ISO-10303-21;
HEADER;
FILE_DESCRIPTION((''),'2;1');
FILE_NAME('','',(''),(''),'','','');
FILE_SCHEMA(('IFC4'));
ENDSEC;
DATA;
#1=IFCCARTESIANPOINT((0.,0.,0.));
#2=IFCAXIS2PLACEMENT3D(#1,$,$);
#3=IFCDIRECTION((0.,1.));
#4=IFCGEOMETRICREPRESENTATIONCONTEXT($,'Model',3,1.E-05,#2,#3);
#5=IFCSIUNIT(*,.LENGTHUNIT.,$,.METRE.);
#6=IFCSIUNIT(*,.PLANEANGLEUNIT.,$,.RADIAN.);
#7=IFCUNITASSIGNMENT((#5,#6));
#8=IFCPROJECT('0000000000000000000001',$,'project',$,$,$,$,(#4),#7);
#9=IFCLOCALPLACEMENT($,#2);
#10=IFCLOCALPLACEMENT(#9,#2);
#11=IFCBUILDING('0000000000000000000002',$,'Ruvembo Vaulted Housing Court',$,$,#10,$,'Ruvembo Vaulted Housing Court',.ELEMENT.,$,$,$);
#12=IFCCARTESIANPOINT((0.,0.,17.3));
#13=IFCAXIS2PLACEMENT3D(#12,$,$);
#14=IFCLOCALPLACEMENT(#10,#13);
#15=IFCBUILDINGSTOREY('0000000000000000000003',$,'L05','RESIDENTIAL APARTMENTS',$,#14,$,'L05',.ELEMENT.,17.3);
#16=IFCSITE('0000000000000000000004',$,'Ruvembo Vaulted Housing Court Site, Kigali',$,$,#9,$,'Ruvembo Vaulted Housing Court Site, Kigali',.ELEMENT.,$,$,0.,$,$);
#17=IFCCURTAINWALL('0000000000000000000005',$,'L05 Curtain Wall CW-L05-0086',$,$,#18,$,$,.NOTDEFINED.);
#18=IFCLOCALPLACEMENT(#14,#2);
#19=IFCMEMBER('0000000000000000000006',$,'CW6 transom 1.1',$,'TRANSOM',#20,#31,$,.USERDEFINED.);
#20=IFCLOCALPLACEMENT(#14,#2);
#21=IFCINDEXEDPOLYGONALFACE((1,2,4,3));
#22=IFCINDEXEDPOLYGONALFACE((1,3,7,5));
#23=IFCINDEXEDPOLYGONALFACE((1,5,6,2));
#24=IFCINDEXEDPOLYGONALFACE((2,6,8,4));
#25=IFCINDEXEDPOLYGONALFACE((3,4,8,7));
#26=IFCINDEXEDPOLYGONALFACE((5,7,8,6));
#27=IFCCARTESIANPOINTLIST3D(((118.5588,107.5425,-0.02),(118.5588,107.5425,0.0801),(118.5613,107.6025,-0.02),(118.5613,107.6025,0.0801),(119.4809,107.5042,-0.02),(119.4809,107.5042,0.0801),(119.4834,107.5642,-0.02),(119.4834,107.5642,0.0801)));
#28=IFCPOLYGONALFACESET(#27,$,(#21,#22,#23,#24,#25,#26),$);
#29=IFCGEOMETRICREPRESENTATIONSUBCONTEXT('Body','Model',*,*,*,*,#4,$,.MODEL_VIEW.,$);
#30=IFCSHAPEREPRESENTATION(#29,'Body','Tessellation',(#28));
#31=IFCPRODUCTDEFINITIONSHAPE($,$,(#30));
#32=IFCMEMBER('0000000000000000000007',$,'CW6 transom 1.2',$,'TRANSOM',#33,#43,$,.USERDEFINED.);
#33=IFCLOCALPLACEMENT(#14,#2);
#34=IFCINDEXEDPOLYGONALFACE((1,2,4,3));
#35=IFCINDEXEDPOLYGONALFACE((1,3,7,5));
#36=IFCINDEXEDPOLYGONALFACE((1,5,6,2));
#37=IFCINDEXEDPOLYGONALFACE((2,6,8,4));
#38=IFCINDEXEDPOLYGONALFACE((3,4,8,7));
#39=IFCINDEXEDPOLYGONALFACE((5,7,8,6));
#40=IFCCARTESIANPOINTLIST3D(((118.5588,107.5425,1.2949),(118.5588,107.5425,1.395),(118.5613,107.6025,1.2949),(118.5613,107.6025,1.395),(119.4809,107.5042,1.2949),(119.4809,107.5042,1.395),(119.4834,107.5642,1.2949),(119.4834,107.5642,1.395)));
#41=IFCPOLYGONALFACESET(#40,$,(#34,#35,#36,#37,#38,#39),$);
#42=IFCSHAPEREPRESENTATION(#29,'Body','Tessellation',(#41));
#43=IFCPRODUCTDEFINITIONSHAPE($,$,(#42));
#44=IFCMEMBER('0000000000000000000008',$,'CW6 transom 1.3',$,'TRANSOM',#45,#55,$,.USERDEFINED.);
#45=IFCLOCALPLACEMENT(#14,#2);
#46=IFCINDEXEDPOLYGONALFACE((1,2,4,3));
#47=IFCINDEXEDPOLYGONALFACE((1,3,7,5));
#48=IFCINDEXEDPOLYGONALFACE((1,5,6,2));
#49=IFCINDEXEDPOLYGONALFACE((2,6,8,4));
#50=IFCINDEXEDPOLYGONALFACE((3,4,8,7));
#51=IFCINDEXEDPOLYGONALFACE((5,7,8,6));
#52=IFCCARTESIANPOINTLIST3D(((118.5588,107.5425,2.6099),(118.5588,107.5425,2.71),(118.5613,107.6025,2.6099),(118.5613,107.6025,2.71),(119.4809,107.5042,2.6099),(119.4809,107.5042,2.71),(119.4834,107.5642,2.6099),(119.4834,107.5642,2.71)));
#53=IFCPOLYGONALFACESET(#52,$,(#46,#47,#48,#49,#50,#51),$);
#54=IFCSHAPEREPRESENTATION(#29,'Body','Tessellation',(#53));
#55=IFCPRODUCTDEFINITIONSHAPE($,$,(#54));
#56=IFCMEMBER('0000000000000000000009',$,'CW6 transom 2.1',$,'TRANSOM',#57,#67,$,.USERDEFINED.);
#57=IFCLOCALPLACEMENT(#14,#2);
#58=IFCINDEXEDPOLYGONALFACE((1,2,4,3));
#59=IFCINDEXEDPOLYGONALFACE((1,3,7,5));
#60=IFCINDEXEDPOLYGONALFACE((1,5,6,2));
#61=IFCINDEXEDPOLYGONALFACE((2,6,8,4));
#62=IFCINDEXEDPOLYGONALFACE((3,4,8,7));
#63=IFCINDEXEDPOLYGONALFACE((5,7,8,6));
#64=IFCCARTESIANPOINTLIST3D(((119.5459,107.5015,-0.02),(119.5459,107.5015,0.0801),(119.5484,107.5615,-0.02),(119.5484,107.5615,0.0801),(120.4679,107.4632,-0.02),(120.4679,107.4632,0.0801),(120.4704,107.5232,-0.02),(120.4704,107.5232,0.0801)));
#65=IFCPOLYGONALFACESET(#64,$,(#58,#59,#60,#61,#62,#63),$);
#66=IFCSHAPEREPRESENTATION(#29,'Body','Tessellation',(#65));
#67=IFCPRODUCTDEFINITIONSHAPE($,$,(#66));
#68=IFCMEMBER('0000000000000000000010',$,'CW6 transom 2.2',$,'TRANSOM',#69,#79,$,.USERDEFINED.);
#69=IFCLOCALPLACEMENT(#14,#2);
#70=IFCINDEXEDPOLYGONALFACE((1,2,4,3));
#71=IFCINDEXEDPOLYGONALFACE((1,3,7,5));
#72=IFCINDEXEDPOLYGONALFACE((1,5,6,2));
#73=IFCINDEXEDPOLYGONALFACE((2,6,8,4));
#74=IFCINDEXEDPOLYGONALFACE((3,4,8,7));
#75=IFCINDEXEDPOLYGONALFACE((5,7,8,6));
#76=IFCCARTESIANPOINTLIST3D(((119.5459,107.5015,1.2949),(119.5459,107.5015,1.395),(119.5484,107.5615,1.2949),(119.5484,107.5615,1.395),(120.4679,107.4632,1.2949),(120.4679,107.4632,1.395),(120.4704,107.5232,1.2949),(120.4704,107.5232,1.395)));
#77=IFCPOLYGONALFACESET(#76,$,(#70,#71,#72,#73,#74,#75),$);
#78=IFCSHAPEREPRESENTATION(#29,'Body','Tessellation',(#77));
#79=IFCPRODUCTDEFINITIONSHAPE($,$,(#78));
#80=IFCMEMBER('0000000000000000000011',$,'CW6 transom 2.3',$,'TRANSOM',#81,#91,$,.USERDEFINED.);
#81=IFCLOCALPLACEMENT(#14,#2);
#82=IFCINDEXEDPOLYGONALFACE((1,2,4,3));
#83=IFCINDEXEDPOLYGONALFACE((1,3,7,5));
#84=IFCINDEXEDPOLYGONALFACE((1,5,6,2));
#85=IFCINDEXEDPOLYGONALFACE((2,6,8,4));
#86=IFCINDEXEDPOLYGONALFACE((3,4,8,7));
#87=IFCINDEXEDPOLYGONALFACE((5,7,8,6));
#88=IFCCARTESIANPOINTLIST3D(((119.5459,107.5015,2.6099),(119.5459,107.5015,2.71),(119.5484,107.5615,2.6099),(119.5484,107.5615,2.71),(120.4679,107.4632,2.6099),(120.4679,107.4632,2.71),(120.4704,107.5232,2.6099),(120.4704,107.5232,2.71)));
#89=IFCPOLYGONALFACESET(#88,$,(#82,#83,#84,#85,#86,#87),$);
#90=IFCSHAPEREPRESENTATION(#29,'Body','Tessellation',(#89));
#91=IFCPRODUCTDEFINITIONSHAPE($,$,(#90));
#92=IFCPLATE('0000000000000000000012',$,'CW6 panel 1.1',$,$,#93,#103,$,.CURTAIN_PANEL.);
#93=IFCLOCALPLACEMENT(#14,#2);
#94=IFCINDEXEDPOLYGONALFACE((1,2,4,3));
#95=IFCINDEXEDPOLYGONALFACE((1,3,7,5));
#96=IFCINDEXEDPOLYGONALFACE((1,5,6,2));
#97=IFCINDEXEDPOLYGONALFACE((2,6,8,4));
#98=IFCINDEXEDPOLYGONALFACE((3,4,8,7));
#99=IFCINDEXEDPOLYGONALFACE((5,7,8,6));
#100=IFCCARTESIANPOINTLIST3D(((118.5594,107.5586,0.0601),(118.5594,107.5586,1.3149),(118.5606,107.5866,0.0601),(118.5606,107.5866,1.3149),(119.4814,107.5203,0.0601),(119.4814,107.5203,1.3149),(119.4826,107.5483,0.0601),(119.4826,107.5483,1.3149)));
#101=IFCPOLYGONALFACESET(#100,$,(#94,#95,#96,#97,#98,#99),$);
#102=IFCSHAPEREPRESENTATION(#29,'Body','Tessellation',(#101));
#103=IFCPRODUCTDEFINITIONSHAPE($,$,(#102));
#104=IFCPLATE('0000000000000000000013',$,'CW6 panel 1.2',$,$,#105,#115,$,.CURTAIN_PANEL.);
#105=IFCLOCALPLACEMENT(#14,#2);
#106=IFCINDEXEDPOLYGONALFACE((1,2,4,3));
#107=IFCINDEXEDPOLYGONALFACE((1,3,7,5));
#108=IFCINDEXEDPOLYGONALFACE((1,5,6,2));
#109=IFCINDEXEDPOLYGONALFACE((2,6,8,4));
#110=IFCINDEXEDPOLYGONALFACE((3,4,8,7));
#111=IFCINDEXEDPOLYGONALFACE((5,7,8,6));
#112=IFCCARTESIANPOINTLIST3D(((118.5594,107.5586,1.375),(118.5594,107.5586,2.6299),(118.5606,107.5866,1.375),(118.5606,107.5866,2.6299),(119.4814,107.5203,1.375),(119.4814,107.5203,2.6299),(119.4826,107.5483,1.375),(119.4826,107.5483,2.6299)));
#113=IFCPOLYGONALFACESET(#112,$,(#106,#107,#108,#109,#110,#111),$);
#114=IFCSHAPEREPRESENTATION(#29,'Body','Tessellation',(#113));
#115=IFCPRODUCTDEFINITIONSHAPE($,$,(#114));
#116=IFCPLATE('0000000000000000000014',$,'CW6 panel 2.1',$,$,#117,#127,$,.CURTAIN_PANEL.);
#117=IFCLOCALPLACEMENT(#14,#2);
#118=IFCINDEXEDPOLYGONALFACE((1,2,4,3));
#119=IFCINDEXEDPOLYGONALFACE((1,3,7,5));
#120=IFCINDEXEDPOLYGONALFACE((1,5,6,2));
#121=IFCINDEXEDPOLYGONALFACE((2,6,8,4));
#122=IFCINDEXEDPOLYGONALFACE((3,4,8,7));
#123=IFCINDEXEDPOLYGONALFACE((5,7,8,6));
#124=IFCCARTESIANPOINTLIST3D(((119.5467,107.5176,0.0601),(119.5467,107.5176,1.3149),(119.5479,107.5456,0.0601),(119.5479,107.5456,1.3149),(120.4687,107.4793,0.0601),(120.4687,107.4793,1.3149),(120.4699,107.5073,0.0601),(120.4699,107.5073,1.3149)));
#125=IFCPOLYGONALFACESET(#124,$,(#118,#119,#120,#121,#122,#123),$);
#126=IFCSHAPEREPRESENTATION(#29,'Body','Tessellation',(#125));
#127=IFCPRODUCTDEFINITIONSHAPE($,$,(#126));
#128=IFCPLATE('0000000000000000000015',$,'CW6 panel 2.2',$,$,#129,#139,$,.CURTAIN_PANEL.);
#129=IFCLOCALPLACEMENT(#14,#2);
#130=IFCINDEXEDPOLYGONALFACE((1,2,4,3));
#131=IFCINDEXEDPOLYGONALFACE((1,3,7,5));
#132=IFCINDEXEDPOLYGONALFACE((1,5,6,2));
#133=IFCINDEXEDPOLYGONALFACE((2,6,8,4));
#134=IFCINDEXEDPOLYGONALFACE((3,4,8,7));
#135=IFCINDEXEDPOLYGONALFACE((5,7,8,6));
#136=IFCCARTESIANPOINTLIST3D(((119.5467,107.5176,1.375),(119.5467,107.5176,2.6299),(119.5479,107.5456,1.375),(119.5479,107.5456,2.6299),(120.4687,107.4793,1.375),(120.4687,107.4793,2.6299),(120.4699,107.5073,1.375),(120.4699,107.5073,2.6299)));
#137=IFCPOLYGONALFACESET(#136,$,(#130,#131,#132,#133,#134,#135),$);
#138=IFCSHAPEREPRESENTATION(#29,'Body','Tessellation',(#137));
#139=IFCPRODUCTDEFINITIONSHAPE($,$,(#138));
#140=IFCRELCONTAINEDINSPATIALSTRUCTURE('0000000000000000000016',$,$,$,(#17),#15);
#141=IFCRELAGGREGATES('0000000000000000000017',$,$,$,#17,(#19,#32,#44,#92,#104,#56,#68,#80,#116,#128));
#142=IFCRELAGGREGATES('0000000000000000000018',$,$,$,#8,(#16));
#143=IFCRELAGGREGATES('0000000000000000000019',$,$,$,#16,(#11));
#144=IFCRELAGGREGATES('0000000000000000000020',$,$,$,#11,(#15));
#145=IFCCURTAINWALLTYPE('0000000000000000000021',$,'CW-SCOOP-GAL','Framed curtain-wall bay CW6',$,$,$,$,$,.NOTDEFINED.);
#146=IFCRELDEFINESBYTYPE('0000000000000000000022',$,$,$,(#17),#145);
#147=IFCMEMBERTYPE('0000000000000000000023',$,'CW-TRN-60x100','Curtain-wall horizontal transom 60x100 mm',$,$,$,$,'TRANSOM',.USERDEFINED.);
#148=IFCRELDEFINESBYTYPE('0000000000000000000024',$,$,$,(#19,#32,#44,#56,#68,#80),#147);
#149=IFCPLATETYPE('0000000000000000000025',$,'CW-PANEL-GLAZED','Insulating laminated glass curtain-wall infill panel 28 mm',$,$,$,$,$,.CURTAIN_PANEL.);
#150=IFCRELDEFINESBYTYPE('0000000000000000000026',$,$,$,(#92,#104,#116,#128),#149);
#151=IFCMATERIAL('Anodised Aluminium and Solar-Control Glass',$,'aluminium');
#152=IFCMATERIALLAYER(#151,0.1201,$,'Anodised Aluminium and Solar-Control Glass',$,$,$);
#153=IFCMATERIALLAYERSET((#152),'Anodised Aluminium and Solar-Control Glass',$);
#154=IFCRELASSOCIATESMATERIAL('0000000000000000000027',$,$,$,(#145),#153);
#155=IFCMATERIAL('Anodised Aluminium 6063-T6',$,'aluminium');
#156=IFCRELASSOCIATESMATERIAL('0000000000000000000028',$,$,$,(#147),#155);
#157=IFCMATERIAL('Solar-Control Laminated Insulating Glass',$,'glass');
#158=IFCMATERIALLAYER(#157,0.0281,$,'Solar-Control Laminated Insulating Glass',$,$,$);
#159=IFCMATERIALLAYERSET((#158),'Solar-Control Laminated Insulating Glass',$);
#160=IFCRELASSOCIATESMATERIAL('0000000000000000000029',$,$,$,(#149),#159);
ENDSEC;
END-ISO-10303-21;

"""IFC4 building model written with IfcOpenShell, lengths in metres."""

from ifc_helpers import new_model, si_unit, direction, frame, origin, origin_2d, place, context, subcontext, project, spatial, rectangle, extrude, material, layer, layer_set, material_profile, profile_set, type_object, element, aggregate, save


model = new_model("IFC4")

# Units and contexts
model_context = context("Model", 3, precision=1e-05, world=origin(), true_north=direction((0.0, 1.0)))
body_context = subcontext(model_context, "Body", "Model", "MODEL_VIEW")
ifc_project = project(units=[si_unit("LENGTHUNIT", "METRE"), si_unit("PLANEANGLEUNIT", "RADIAN")], contexts=[model_context])

# Site, building, storey
site_placement = place(None, origin())
site = spatial("IfcSite", under=ifc_project, at=site_placement, Name="Ruvembo Vaulted Housing Court Site, Kigali", LongName="Ruvembo Vaulted Housing Court Site, Kigali", CompositionType="ELEMENT", RefElevation=0.0)
building_placement = place(site_placement, origin())
building = spatial("IfcBuilding", under=site, at=building_placement, Name="Ruvembo Vaulted Housing Court", LongName="Ruvembo Vaulted Housing Court", CompositionType="ELEMENT")
storey_placement = place(building_placement, frame((0.0, 0.0, 17.3)))
storey = spatial("IfcBuildingStorey", under=building, at=storey_placement, Name="L05", Description="RESIDENTIAL APARTMENTS", LongName="L05", CompositionType="ELEMENT", Elevation=17.3)

# Curtain wall, members, plates
ifc_material_1 = material(Name="Anodised Aluminium and Solar-Control Glass", Category="aluminium")
ifc_layer_1 = layer(ifc_material_1, 0.1201, Name="Anodised Aluminium and Solar-Control Glass")
ifc_layer_set_1 = layer_set([ifc_layer_1], Name="Anodised Aluminium and Solar-Control Glass")
curtain_wall_type = type_object("IfcCurtainWallType", Name="CW-SCOOP-GAL", Description="Framed curtain-wall bay CW6", PredefinedType="NOTDEFINED", material=ifc_layer_set_1)
curtain_wall_placement = place(storey_placement, origin())
curtain_wall = element("IfcCurtainWall", 1, at=curtain_wall_placement, inside=storey, type_object=curtain_wall_type, Name="L05 Curtain Wall CW-L05-0086", PredefinedType="NOTDEFINED")
ifc_material_2 = material(Name="Anodised Aluminium 6063-T6", Category="aluminium")
ifc_material_profile_1 = material_profile(ifc_material_2, rectangle(XDim=0.0601, YDim=0.1001, at=origin_2d()), Name="ALU 60x100")
ifc_profile_set_1 = profile_set([ifc_material_profile_1], Name="Anodised Aluminium 6063-T6")
member_type_1 = type_object("IfcMemberType", Name="CW-TRN-60x100", Description="Curtain-wall horizontal transom 60x100 mm", ElementType="TRANSOM", PredefinedType="USERDEFINED", material=ifc_profile_set_1)
member_1_placement = place(storey_placement, frame((118.5601, 107.5725, 0.03), z_axis=(0.999137, -0.041532, 0.0), x_axis=(0.041532, 0.999137, 0.0)))
member_1 = element("IfcMember", 2, at=member_1_placement, type_object=member_type_1, Name="CW6 transom 1.1", ObjectType="TRANSOM", PredefinedType="USERDEFINED", context=body_context, shape_type="SweptSolid", body=[
    extrude(rectangle(XDim=0.0601, YDim=0.1001, at=origin_2d()), origin(), (0.0, 0.0, 1.0), 0.9229),
])
member_2_placement = place(storey_placement, frame((118.5601, 107.5725, 1.345), z_axis=(0.999137, -0.041532, 0.0), x_axis=(0.041532, 0.999137, 0.0)))
member_2 = element("IfcMember", 3, at=member_2_placement, type_object=member_type_1, Name="CW6 transom 1.2", ObjectType="TRANSOM", PredefinedType="USERDEFINED", context=body_context, shape_type="SweptSolid", body=[
    extrude(rectangle(XDim=0.0601, YDim=0.1001, at=origin_2d()), origin(), (0.0, 0.0, 1.0), 0.9229),
])
member_3_placement = place(storey_placement, frame((118.5601, 107.5725, 2.6599), z_axis=(0.999137, -0.041532, 0.0), x_axis=(0.041532, 0.999137, 0.0)))
member_3 = element("IfcMember", 4, at=member_3_placement, type_object=member_type_1, Name="CW6 transom 1.3", ObjectType="TRANSOM", PredefinedType="USERDEFINED", context=body_context, shape_type="SweptSolid", body=[
    extrude(rectangle(XDim=0.0601, YDim=0.1001, at=origin_2d()), origin(), (0.0, 0.0, 1.0), 0.9229),
])
member_4_placement = place(storey_placement, frame((119.5471, 107.5315, 0.03), z_axis=(0.999137, -0.041532, 0.0), x_axis=(0.041532, 0.999137, 0.0)))
member_4 = element("IfcMember", 5, at=member_4_placement, type_object=member_type_1, Name="CW6 transom 2.1", ObjectType="TRANSOM", PredefinedType="USERDEFINED", context=body_context, shape_type="SweptSolid", body=[
    extrude(rectangle(XDim=0.0601, YDim=0.1001, at=origin_2d()), origin(), (0.0, 0.0, 1.0), 0.9229),
])
member_5_placement = place(storey_placement, frame((119.5471, 107.5315, 1.345), z_axis=(0.999137, -0.041532, 0.0), x_axis=(0.041532, 0.999137, 0.0)))
member_5 = element("IfcMember", 6, at=member_5_placement, type_object=member_type_1, Name="CW6 transom 2.2", ObjectType="TRANSOM", PredefinedType="USERDEFINED", context=body_context, shape_type="SweptSolid", body=[
    extrude(rectangle(XDim=0.0601, YDim=0.1001, at=origin_2d()), origin(), (0.0, 0.0, 1.0), 0.9229),
])
member_6_placement = place(storey_placement, frame((119.5471, 107.5315, 2.6599), z_axis=(0.999137, -0.041532, 0.0), x_axis=(0.041532, 0.999137, 0.0)))
member_6 = element("IfcMember", 7, at=member_6_placement, type_object=member_type_1, Name="CW6 transom 2.3", ObjectType="TRANSOM", PredefinedType="USERDEFINED", context=body_context, shape_type="SweptSolid", body=[
    extrude(rectangle(XDim=0.0601, YDim=0.1001, at=origin_2d()), origin(), (0.0, 0.0, 1.0), 0.9229),
])
ifc_material_3 = material(Name="Solar-Control Laminated Insulating Glass", Category="glass")
ifc_layer_2 = layer(ifc_material_3, 0.0281, Name="Solar-Control Laminated Insulating Glass")
ifc_layer_set_2 = layer_set([ifc_layer_2], Name="Solar-Control Laminated Insulating Glass")
plate_type = type_object("IfcPlateType", Name="CW-PANEL-GLAZED", Description="Insulating laminated glass curtain-wall infill panel 28 mm", PredefinedType="CURTAIN_PANEL", material=ifc_layer_set_2)
plate_1_placement = place(storey_placement, frame((119.021, 107.5535, 0.0601), z_axis=(0.0, 0.0, 1.0), x_axis=(0.999138, -0.041502, 0.0)))
plate_1 = element("IfcPlate", 8, at=plate_1_placement, type_object=plate_type, Name="CW6 panel 1.1", PredefinedType="CURTAIN_PANEL", context=body_context, shape_type="SweptSolid", body=[
    extrude(rectangle(XDim=0.9229, YDim=0.0281, at=origin_2d()), origin(), (0.0, 0.0, 1.0), 1.2549),
])
plate_2_placement = place(storey_placement, frame((119.021, 107.5535, 1.375), z_axis=(0.0, 0.0, 1.0), x_axis=(0.999138, -0.041502, 0.0)))
plate_2 = element("IfcPlate", 9, at=plate_2_placement, type_object=plate_type, Name="CW6 panel 1.2", PredefinedType="CURTAIN_PANEL", context=body_context, shape_type="SweptSolid", body=[
    extrude(rectangle(XDim=0.9229, YDim=0.0281, at=origin_2d()), origin(), (0.0, 0.0, 1.0), 1.2549),
])
plate_3_placement = place(storey_placement, frame((120.0083, 107.5125, 0.0601), z_axis=(0.0, 0.0, 1.0), x_axis=(0.999138, -0.041502, 0.0)))
plate_3 = element("IfcPlate", 10, at=plate_3_placement, type_object=plate_type, Name="CW6 panel 2.1", PredefinedType="CURTAIN_PANEL", context=body_context, shape_type="SweptSolid", body=[
    extrude(rectangle(XDim=0.9229, YDim=0.0281, at=origin_2d()), origin(), (0.0, 0.0, 1.0), 1.2549),
])
plate_4_placement = place(storey_placement, frame((120.0083, 107.5125, 1.375), z_axis=(0.0, 0.0, 1.0), x_axis=(0.999138, -0.041502, 0.0)))
plate_4 = element("IfcPlate", 11, at=plate_4_placement, type_object=plate_type, Name="CW6 panel 2.2", PredefinedType="CURTAIN_PANEL", context=body_context, shape_type="SweptSolid", body=[
    extrude(rectangle(XDim=0.9229, YDim=0.0281, at=origin_2d()), origin(), (0.0, 0.0, 1.0), 1.2549),
])
aggregate(curtain_wall, [member_1, member_2, member_3, plate_1, plate_2, member_4, member_5, member_6, plate_3, plate_4])

save(model, "model.ifc")
